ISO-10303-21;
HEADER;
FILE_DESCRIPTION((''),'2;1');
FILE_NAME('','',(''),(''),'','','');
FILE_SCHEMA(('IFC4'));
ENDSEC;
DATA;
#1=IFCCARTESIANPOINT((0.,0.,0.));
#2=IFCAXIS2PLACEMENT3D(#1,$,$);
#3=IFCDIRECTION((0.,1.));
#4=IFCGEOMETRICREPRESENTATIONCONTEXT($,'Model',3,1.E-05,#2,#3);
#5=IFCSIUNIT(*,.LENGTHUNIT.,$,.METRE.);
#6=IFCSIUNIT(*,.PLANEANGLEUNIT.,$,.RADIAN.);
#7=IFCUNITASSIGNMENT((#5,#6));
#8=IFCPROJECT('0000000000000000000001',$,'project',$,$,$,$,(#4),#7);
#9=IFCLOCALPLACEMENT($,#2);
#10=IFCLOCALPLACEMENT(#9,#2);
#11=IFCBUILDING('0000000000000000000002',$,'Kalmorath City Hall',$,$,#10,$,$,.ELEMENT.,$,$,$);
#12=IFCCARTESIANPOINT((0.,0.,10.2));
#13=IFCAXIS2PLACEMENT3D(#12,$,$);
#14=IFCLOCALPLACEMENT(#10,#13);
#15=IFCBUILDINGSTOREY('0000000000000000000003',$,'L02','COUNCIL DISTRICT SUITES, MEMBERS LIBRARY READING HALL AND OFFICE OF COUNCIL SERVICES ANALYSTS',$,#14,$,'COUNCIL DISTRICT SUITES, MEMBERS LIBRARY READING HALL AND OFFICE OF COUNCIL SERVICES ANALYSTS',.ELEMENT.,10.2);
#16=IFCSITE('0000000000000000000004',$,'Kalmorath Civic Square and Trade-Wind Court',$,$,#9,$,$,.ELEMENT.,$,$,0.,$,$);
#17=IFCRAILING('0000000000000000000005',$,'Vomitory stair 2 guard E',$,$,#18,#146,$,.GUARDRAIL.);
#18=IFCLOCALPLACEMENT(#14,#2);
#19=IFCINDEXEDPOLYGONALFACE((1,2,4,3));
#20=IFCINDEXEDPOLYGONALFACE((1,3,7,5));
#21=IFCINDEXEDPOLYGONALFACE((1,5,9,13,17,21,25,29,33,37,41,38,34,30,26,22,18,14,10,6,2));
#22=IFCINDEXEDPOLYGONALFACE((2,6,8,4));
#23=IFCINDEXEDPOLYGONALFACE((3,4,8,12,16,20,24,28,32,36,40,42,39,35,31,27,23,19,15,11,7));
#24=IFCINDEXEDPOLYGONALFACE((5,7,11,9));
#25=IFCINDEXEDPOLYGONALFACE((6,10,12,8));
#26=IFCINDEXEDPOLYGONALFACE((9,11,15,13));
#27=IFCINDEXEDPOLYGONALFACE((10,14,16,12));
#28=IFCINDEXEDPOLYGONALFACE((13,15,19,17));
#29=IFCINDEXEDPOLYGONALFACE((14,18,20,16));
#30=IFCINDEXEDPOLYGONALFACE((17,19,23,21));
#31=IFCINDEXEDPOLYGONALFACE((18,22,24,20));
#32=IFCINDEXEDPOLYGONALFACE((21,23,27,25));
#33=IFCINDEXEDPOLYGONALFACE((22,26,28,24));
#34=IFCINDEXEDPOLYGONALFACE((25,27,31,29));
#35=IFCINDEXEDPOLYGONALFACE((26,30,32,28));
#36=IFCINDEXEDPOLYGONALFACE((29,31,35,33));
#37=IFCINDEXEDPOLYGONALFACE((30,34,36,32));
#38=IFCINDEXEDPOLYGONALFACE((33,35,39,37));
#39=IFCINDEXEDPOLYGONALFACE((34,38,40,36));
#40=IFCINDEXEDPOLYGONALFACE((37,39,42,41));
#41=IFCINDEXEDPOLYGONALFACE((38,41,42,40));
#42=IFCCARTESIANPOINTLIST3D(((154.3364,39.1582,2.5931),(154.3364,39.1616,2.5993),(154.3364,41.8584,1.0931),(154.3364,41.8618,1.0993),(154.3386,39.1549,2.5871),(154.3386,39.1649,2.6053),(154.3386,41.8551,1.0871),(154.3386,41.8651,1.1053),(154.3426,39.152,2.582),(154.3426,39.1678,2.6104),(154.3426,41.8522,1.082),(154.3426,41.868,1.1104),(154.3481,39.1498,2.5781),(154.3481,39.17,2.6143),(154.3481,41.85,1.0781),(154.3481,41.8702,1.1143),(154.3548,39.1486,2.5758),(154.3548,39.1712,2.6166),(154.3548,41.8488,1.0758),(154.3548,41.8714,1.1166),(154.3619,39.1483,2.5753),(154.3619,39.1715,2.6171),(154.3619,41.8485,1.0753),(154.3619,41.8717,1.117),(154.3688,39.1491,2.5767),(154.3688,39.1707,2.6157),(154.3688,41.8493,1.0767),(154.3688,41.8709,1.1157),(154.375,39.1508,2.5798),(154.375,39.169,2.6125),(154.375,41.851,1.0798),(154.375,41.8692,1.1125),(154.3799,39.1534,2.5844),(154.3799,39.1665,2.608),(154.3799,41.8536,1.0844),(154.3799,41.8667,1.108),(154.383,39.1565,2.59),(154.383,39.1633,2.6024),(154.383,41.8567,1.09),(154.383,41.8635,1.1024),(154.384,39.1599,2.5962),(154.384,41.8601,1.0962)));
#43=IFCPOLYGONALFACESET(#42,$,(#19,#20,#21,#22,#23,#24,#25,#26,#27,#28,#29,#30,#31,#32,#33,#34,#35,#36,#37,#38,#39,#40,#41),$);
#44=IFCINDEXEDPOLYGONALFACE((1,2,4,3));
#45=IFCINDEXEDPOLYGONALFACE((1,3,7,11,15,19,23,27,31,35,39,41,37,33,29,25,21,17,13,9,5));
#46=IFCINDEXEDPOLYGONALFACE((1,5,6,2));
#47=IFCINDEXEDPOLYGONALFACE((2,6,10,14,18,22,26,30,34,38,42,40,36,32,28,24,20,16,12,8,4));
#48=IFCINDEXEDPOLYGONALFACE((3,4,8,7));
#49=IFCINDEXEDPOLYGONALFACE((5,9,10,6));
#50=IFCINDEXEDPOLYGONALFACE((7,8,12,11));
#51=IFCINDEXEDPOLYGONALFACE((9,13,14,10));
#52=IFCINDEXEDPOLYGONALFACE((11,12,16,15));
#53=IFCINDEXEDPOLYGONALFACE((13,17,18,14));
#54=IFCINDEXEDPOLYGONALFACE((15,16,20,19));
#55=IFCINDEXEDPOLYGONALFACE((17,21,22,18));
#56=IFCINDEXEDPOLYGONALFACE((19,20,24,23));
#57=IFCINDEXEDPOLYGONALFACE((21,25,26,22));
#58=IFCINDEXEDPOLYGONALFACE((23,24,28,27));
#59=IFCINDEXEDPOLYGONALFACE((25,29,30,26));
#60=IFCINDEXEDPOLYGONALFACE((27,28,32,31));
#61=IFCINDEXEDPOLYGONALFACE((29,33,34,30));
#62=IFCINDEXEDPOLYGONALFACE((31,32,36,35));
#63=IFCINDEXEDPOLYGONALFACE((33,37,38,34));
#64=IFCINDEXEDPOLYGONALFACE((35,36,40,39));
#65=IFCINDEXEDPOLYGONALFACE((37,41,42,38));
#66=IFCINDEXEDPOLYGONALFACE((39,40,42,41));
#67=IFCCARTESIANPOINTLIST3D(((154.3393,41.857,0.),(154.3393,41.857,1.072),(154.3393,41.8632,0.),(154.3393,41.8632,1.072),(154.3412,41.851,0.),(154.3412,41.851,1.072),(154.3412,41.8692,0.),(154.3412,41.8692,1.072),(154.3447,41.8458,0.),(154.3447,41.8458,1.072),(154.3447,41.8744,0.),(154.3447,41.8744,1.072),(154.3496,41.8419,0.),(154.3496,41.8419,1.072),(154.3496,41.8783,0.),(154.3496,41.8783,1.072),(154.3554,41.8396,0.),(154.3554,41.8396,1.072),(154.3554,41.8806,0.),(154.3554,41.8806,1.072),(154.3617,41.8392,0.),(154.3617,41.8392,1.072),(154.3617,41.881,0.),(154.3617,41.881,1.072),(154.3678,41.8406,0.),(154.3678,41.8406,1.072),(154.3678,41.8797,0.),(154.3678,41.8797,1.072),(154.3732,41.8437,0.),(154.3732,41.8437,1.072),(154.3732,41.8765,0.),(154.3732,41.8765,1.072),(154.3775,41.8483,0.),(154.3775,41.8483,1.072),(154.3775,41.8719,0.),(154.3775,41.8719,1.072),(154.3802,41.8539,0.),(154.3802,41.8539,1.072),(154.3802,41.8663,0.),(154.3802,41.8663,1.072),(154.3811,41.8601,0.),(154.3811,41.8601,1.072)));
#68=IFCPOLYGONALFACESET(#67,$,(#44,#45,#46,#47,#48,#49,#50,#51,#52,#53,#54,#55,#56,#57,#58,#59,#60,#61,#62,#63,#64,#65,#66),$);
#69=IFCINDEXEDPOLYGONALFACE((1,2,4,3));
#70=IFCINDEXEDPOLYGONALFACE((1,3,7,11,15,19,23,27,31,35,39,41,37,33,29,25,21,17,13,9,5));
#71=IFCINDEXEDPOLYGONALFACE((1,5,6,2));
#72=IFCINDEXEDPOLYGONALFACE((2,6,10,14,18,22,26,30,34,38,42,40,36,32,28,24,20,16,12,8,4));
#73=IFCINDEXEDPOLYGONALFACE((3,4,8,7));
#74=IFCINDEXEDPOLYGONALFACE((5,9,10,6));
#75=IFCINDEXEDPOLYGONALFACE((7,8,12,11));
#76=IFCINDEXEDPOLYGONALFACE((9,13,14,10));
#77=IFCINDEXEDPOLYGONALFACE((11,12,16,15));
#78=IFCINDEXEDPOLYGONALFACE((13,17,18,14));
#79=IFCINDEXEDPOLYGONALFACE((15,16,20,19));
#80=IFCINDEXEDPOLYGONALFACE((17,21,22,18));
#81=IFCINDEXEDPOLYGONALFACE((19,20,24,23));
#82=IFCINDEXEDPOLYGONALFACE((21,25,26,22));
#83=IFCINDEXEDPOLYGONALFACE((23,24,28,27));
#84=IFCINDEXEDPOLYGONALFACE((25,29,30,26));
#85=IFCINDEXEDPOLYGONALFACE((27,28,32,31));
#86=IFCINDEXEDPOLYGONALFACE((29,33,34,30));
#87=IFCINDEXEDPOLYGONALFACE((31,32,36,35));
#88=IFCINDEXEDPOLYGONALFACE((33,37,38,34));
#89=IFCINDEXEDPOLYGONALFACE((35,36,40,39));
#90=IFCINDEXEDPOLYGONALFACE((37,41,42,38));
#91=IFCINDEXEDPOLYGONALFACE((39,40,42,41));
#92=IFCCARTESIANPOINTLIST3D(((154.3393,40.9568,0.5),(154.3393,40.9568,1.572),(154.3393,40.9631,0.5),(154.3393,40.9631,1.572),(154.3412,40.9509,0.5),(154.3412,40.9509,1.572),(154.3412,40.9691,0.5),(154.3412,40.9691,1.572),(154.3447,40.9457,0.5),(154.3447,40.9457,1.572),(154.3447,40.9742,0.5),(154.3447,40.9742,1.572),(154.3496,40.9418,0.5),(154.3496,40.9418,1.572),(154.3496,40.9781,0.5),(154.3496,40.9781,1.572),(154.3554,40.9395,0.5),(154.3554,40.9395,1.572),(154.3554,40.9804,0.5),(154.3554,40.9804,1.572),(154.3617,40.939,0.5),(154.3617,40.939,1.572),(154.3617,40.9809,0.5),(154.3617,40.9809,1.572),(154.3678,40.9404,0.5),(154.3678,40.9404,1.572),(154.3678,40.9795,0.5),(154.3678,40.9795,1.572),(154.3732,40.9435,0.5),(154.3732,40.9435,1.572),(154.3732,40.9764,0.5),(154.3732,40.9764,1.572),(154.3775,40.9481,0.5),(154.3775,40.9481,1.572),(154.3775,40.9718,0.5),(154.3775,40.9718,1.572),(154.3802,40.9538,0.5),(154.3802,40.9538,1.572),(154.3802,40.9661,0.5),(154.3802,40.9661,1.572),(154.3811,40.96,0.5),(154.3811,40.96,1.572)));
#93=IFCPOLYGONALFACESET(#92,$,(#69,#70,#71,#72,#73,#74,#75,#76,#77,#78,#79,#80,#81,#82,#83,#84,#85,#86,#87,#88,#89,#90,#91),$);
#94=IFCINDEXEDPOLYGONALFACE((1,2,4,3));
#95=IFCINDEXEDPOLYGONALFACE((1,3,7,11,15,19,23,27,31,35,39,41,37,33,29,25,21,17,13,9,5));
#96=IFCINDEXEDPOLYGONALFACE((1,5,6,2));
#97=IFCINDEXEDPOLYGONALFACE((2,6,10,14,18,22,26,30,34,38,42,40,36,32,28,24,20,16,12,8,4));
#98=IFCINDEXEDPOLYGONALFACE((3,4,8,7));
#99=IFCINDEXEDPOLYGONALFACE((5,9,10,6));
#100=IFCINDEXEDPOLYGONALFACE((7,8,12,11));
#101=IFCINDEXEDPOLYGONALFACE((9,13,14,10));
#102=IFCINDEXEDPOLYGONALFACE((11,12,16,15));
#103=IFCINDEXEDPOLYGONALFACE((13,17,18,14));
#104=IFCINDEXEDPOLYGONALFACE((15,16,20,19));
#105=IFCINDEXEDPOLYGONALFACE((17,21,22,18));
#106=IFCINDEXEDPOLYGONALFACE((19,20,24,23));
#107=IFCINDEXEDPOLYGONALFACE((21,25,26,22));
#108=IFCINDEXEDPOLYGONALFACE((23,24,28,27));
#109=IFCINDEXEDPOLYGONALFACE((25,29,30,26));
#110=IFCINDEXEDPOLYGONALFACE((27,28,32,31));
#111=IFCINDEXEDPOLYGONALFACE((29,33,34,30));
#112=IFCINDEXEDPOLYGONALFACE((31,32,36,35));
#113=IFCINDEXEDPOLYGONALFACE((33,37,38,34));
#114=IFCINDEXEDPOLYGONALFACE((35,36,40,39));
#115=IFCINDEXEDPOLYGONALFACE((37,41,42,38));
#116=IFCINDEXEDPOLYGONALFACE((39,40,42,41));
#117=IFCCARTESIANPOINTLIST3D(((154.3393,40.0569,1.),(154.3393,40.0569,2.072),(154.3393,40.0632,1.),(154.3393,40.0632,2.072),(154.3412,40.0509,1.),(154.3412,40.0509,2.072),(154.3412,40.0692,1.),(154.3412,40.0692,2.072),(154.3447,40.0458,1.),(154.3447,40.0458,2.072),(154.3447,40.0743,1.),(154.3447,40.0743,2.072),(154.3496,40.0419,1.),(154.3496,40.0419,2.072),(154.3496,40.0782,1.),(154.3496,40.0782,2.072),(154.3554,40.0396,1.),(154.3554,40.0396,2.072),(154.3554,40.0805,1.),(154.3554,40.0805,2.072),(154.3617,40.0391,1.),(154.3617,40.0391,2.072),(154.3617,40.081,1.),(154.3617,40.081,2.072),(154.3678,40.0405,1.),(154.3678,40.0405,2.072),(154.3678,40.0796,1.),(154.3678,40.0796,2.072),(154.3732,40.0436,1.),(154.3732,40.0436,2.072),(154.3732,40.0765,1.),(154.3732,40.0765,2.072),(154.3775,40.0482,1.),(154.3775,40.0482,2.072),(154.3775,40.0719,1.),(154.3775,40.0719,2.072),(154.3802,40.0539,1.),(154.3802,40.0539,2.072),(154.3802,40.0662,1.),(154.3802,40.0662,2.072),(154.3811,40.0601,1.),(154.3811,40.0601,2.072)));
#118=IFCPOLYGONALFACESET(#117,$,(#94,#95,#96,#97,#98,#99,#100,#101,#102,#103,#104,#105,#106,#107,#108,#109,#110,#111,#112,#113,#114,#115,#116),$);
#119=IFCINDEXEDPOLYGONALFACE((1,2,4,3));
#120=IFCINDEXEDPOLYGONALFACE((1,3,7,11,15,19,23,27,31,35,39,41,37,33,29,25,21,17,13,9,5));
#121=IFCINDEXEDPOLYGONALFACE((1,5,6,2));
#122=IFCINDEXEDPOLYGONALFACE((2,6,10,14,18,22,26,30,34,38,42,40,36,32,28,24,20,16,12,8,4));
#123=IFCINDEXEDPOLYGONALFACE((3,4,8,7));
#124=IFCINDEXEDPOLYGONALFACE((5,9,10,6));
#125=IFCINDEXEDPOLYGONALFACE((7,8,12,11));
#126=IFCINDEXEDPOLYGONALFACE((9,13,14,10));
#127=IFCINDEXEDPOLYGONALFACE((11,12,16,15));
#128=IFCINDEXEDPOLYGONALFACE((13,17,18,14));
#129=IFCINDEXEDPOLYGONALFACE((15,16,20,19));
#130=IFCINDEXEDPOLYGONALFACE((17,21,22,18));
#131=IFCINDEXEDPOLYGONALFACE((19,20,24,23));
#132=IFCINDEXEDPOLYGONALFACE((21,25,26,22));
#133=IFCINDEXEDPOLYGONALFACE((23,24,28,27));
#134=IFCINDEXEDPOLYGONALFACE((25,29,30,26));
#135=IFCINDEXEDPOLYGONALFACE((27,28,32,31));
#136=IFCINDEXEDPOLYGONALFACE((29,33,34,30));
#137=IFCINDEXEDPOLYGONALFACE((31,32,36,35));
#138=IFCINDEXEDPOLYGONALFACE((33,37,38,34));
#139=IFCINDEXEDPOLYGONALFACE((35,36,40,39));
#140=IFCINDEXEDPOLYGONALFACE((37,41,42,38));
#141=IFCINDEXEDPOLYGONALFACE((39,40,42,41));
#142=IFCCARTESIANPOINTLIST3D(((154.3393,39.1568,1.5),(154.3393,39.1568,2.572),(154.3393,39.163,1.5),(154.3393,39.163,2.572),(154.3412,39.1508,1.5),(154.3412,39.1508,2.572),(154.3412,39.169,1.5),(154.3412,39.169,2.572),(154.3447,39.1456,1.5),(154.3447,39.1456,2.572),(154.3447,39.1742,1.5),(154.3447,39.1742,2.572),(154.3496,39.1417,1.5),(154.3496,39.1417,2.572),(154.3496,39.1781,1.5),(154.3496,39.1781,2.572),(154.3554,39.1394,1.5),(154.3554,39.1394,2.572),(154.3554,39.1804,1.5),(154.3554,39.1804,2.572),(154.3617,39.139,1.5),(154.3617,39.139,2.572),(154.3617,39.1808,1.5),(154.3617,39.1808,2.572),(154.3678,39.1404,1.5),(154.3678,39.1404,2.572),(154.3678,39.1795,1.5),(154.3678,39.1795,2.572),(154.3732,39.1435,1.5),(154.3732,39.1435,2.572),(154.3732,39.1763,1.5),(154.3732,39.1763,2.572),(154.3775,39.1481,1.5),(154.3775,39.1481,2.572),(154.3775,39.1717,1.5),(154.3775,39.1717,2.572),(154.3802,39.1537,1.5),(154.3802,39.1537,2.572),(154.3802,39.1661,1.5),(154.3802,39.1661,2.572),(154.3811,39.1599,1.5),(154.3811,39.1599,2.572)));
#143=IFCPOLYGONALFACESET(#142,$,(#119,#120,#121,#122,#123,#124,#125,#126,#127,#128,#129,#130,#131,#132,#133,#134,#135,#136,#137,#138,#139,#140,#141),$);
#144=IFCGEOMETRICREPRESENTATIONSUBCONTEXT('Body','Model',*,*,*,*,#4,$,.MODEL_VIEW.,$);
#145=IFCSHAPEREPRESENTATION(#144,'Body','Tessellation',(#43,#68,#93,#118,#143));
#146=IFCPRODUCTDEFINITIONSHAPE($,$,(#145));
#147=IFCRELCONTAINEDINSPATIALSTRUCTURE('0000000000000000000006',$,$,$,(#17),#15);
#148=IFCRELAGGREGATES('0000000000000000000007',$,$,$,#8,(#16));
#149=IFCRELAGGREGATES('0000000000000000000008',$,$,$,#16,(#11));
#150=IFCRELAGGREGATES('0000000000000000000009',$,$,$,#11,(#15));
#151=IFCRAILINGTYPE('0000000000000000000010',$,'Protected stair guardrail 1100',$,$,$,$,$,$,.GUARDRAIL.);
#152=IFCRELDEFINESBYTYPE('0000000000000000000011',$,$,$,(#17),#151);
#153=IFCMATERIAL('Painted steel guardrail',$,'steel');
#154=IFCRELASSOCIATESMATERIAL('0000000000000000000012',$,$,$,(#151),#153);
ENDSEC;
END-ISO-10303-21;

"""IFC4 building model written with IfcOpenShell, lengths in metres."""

from ifc_helpers import new_model, si_unit, direction, frame, origin, origin_2d, place, context, subcontext, project, spatial, circle, extrude, material, type_object, element, save


model = new_model("IFC4")

# Units and contexts
model_context = context("Model", 3, precision=1e-05, world=origin(), true_north=direction((0.0, 1.0)))
body_context = subcontext(model_context, "Body", "Model", "MODEL_VIEW")
ifc_project = project(units=[si_unit("LENGTHUNIT", "METRE"), si_unit("PLANEANGLEUNIT", "RADIAN")], contexts=[model_context])

# Site, building, storey
site_placement = place(None, origin())
site = spatial("IfcSite", under=ifc_project, at=site_placement, Name="Kalmorath Civic Square and Trade-Wind Court", CompositionType="ELEMENT", RefElevation=0.0)
building_placement = place(site_placement, origin())
building = spatial("IfcBuilding", under=site, at=building_placement, Name="Kalmorath City Hall", CompositionType="ELEMENT")
storey_placement = place(building_placement, frame((0.0, 0.0, 10.2)))
storey = spatial("IfcBuildingStorey", under=building, at=storey_placement, Name="L02", Description="COUNCIL DISTRICT SUITES, MEMBERS LIBRARY READING HALL AND OFFICE OF COUNCIL SERVICES ANALYSTS", LongName="COUNCIL DISTRICT SUITES, MEMBERS LIBRARY READING HALL AND OFFICE OF COUNCIL SERVICES ANALYSTS", CompositionType="ELEMENT", Elevation=10.2)

# Railing
ifc_material_1 = material(Name="Painted steel guardrail", Category="steel")
railing_type_1 = type_object("IfcRailingType", Name="Protected stair guardrail 1100", PredefinedType="GUARDRAIL", material=ifc_material_1)
for number, where, name in (
    (1, (154.3601, 41.8601, 0.0), "Vomitory stair 2 guard E"),
):
    element("IfcRailing", number, at=place(storey_placement, frame(where)), inside=storey, type_object=railing_type_1, Name=name, PredefinedType="GUARDRAIL", context=body_context, shape_type="SweptSolid", body=[
        extrude(circle(Radius=0.0239, at=origin_2d()), frame((0.0, 0.0, 1.0962), z_axis=(0.0, -0.874172, 0.485616), x_axis=(1.0, 0.0, 0.0)), (0.0, 0.0, 1.0), 3.0889),
        extrude(circle(Radius=0.021, at=origin_2d()), origin(), (0.0, 0.0, 1.0), 1.072),
        extrude(circle(Radius=0.021, at=origin_2d()), frame((0.0, -0.9001, 0.5)), (0.0, 0.0, 1.0), 1.072),
        extrude(circle(Radius=0.021, at=origin_2d()), frame((0.0, -1.8, 1.0)), (0.0, 0.0, 1.0), 1.072),
        extrude(circle(Radius=0.021, at=origin_2d()), frame((0.0, -2.7002, 1.5)), (0.0, 0.0, 1.0), 1.072),
    ])

save(model, "model.ifc")
